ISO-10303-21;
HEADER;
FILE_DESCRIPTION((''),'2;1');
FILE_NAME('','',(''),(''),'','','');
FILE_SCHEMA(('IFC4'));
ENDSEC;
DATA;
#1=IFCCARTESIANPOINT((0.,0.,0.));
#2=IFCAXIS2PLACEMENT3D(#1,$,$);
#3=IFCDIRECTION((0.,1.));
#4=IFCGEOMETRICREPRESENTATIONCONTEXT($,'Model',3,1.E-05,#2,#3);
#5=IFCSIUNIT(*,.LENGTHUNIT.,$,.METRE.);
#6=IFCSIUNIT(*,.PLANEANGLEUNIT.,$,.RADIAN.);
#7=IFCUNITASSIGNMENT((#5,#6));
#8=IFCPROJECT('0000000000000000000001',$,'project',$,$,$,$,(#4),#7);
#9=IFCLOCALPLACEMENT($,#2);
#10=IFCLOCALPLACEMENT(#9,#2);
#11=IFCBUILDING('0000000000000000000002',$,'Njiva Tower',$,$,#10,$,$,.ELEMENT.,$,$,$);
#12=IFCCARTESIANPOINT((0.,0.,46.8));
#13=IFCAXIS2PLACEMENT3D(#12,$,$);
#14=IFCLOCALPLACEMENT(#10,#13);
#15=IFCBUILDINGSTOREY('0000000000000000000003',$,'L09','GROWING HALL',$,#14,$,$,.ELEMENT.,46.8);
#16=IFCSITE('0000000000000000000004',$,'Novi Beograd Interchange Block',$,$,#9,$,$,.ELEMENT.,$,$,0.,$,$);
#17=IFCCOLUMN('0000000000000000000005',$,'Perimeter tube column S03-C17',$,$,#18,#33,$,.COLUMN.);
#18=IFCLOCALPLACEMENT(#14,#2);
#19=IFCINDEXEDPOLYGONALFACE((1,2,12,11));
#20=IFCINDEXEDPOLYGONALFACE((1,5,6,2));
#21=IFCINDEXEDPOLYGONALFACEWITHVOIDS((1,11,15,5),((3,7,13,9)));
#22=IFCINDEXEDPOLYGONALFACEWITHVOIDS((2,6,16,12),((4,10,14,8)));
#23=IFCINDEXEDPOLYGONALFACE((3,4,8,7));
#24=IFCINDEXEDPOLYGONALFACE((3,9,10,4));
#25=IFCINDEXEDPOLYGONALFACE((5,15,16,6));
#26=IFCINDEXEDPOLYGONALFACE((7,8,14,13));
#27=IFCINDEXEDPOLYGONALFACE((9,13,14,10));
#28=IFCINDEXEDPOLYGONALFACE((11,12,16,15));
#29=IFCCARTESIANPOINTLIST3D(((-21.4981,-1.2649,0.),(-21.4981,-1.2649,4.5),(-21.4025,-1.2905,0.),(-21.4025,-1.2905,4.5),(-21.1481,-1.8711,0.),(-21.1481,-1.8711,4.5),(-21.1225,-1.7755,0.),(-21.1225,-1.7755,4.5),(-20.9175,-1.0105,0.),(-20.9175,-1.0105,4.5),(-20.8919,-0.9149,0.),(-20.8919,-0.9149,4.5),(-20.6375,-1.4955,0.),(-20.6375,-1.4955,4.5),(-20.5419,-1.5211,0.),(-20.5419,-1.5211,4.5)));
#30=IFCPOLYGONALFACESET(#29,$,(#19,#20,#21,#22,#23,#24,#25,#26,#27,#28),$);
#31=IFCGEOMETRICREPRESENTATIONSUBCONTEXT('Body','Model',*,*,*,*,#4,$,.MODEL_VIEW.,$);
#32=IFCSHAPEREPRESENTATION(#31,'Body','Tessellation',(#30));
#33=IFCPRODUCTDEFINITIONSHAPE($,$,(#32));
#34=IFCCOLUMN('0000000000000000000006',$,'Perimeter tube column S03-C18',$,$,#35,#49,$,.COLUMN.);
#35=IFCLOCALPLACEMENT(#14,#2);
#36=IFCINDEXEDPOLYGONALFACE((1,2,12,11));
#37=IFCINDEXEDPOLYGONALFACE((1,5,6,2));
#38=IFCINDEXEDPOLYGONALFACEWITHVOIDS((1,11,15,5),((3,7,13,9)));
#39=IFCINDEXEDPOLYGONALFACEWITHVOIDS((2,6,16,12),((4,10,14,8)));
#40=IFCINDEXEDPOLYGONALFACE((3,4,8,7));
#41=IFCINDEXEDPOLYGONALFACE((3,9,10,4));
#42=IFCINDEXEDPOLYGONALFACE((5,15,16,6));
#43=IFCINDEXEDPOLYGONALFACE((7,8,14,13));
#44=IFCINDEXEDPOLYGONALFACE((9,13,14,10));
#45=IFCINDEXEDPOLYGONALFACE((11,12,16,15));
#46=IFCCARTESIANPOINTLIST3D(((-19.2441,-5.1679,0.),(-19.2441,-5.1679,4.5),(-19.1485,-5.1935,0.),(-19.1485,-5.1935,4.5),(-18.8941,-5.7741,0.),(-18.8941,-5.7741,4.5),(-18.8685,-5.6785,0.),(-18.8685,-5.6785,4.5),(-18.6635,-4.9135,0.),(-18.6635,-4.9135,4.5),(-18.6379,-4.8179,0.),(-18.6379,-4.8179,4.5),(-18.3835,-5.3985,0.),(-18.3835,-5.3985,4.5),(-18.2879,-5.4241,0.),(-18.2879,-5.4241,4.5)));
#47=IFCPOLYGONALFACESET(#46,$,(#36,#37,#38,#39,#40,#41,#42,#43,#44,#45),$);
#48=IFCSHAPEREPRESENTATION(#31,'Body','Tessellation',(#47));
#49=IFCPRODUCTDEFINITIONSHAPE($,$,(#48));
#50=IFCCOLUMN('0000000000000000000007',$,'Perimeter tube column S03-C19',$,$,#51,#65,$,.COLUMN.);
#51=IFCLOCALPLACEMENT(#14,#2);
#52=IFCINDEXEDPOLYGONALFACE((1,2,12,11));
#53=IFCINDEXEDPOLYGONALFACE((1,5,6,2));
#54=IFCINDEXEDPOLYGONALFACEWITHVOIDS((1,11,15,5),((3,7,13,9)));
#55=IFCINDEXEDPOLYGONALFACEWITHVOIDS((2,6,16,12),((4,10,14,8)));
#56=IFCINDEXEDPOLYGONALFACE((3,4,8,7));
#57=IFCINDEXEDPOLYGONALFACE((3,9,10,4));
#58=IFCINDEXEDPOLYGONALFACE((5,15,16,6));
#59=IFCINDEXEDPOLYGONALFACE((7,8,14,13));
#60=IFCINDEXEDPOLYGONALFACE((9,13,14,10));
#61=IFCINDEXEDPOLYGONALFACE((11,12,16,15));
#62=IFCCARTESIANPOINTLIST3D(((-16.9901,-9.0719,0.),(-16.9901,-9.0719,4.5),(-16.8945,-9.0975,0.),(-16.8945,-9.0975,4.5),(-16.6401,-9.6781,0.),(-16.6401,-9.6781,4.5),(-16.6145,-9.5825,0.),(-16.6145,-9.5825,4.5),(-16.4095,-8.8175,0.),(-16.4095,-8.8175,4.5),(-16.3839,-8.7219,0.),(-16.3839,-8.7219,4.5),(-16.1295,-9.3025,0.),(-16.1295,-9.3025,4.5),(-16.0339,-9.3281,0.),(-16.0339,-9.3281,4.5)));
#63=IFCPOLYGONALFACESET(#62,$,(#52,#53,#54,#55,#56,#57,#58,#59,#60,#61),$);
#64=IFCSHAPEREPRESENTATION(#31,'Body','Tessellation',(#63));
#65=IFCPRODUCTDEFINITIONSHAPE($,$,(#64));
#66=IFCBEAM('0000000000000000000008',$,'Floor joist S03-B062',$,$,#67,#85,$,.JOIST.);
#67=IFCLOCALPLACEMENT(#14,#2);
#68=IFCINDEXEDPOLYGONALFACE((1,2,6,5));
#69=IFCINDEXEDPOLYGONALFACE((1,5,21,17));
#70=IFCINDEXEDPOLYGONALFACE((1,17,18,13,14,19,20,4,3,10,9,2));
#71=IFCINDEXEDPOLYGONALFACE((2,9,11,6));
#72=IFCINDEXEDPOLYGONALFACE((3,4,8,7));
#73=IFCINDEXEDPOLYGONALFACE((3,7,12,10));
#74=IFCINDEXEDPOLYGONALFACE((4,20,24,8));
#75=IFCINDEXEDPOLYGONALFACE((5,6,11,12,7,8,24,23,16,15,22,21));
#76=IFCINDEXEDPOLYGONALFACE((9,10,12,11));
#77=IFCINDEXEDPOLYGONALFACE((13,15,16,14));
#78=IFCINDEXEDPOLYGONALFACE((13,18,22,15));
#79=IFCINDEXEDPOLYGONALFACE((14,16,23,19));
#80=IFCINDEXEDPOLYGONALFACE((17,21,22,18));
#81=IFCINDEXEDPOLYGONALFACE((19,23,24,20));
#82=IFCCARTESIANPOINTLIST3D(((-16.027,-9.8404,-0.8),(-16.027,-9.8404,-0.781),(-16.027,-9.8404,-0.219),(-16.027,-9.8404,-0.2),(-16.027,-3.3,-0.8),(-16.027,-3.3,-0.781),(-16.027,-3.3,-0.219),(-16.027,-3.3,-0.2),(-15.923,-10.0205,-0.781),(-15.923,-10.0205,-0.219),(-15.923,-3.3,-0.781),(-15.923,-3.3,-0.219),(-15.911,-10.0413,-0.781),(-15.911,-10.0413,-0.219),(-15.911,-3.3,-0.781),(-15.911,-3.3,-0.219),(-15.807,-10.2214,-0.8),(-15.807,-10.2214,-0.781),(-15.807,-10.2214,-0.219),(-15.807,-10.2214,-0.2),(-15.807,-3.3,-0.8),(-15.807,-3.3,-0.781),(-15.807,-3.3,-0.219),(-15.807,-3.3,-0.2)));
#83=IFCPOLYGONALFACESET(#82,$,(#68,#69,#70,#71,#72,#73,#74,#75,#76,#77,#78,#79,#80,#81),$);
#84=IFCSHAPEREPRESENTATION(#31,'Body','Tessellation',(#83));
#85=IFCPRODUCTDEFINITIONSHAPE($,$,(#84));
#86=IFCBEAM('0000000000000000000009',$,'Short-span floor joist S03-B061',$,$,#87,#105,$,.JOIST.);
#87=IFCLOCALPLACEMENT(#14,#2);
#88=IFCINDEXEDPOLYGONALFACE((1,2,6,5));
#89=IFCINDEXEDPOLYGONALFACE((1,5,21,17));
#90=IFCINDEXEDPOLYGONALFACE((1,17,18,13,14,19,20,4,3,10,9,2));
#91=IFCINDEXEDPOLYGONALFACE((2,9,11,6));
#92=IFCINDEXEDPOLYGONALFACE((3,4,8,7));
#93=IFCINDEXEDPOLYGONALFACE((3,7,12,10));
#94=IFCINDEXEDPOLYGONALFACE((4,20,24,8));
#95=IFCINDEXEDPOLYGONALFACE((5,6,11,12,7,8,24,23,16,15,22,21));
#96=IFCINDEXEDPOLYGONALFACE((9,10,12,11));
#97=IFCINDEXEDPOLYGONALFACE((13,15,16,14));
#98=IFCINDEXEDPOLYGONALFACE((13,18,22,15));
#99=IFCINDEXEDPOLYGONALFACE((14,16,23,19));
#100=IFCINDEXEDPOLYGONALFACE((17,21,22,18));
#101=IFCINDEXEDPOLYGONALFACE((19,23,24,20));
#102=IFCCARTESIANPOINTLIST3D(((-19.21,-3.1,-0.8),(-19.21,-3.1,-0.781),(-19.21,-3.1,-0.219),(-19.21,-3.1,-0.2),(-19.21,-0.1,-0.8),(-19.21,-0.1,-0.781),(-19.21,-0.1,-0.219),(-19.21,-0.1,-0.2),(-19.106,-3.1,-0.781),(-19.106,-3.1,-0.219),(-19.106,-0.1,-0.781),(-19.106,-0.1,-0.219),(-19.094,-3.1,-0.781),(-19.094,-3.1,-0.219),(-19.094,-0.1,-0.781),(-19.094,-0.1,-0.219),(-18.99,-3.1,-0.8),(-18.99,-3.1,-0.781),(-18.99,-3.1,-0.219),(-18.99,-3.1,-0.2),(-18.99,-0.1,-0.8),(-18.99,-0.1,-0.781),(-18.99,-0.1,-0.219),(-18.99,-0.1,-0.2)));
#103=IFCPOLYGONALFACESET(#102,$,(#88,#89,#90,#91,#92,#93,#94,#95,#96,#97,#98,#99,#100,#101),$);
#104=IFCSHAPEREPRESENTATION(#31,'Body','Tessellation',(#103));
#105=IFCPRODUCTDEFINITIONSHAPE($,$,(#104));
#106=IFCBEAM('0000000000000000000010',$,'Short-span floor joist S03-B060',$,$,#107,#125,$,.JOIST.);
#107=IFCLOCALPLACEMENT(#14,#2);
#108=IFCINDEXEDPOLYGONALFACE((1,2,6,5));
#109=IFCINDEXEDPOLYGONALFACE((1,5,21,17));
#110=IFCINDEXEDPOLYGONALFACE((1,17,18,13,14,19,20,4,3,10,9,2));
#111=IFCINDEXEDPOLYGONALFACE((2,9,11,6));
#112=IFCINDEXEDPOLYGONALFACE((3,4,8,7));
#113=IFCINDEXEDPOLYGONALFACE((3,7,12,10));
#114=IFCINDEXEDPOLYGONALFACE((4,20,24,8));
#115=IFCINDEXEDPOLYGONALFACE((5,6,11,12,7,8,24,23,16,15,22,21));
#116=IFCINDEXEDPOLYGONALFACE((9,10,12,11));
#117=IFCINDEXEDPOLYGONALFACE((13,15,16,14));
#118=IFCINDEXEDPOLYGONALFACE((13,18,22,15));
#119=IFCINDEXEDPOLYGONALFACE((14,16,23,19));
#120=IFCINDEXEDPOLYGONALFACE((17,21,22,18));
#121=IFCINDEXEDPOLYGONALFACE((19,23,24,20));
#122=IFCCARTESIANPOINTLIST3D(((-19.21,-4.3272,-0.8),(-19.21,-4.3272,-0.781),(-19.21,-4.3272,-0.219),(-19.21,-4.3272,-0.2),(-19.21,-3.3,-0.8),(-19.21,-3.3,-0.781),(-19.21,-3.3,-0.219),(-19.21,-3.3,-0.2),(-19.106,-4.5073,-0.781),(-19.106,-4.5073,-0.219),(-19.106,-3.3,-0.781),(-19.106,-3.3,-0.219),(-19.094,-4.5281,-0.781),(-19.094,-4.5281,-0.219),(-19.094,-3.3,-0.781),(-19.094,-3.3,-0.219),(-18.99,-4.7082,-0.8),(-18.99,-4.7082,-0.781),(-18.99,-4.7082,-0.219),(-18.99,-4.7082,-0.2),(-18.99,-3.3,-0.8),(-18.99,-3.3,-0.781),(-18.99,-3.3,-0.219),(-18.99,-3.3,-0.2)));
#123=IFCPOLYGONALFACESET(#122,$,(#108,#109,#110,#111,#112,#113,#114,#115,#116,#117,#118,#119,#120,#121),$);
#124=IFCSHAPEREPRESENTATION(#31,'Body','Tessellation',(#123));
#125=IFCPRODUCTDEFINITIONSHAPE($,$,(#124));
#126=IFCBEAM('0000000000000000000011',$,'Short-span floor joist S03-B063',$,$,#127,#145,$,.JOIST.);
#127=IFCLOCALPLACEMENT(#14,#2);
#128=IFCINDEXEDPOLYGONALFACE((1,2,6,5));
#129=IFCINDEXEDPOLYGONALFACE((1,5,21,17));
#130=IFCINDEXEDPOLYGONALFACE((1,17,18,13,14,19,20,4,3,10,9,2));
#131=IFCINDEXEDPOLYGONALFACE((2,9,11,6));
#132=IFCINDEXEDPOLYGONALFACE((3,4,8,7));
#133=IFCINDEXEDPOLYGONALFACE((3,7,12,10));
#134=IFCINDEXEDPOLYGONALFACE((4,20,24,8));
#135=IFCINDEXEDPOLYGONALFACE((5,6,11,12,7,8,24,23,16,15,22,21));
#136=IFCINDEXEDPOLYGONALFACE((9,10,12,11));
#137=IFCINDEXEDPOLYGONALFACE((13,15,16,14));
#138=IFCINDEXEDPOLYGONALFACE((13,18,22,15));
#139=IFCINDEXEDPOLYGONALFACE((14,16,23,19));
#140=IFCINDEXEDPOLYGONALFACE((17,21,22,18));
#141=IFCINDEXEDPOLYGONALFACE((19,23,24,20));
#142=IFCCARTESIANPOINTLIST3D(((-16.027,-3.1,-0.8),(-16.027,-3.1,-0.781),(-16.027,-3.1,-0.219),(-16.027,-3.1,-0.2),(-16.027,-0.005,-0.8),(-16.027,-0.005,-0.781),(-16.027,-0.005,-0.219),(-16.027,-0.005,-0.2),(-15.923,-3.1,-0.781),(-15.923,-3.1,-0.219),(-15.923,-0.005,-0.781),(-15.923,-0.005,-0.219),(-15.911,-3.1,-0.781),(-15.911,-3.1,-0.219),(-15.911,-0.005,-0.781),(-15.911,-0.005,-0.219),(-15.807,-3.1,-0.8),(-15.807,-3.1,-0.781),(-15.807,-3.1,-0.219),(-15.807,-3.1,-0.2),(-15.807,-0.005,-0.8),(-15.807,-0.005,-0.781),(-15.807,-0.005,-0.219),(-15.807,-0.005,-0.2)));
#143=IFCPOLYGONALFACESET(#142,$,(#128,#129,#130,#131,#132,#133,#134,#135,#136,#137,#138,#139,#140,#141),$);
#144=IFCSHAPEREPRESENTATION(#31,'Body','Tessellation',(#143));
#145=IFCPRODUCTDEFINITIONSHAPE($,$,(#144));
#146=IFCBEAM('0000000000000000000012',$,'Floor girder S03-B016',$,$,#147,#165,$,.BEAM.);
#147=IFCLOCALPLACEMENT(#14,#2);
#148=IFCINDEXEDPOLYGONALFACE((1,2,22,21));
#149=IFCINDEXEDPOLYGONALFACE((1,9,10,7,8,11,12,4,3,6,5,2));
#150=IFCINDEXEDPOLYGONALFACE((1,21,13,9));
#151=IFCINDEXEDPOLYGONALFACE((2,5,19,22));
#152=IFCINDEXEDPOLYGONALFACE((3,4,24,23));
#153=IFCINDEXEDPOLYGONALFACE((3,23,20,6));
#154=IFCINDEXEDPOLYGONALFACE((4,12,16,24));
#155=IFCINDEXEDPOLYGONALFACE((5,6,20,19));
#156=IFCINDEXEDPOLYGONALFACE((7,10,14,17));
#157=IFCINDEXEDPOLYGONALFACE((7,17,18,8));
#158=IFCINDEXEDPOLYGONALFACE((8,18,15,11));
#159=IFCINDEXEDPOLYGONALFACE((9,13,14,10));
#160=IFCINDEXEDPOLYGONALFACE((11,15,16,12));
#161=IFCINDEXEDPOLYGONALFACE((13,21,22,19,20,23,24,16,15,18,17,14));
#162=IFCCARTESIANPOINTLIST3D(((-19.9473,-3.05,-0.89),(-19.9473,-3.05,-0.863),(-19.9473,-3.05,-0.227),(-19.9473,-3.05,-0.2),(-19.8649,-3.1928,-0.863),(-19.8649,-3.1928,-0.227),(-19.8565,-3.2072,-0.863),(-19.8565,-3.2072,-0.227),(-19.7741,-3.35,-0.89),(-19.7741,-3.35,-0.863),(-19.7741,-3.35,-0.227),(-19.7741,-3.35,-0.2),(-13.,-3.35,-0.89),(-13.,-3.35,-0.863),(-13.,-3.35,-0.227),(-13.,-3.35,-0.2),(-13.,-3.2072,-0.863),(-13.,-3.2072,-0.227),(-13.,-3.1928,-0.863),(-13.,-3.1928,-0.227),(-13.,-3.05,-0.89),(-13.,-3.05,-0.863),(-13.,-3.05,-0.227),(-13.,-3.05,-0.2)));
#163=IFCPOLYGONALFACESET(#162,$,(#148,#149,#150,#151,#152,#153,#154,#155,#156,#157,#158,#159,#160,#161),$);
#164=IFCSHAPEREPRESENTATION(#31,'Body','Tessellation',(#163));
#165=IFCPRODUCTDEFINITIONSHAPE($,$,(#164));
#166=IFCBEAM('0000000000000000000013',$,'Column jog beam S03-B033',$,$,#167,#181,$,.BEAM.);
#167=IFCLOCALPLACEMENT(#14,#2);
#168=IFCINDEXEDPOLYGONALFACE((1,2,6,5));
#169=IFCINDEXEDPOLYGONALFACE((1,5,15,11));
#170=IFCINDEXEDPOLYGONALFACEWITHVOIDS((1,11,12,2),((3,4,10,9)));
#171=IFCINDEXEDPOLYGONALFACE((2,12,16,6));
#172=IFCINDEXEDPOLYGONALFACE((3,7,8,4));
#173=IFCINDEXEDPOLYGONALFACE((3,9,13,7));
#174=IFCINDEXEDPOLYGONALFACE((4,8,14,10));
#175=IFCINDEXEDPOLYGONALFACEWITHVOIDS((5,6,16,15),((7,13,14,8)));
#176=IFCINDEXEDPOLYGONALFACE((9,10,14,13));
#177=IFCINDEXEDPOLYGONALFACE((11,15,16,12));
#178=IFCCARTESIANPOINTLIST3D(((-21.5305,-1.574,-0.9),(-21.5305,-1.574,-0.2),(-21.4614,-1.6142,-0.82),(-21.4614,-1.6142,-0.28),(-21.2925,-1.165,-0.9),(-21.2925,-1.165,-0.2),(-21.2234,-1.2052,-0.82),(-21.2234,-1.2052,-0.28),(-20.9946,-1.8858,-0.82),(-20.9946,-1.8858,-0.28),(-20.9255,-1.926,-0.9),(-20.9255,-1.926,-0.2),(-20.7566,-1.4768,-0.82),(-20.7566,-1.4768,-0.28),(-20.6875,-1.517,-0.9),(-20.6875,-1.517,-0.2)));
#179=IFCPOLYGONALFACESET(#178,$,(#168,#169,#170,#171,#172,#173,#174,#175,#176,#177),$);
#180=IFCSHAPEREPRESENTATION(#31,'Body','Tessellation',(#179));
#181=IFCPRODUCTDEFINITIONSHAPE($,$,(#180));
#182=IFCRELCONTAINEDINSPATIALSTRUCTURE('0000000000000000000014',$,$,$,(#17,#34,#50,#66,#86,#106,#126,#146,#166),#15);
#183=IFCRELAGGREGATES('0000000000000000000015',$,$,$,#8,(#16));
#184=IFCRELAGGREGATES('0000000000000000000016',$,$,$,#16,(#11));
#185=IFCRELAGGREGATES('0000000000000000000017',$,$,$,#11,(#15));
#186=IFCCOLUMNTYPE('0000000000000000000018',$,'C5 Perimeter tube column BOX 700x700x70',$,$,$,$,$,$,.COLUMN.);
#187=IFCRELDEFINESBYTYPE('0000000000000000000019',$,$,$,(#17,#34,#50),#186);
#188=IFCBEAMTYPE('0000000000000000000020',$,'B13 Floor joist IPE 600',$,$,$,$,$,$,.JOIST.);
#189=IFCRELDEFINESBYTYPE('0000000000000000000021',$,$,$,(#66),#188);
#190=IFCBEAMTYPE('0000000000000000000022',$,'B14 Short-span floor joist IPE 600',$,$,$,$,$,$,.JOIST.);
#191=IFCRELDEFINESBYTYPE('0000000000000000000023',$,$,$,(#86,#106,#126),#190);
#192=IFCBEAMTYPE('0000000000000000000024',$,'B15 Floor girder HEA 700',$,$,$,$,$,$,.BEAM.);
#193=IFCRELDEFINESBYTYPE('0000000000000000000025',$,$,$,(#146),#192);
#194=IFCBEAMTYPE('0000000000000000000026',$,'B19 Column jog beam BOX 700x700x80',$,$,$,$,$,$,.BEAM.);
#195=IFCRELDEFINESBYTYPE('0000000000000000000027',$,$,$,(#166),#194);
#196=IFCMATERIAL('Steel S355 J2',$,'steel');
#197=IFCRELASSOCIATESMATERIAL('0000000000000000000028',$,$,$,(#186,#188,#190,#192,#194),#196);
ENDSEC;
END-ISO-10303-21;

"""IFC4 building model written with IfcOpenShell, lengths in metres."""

from ifc_helpers import new_model, si_unit, direction, frame, origin, origin_2d, place, context, subcontext, project, spatial, hollow_rectangle, i_section, extrude, clip, halfspace, material, material_profile, profile_set, type_object, element, save


model = new_model("IFC4")

# Units and contexts
model_context = context("Model", 3, precision=1e-05, world=origin(), true_north=direction((0.0, 1.0)))
body_context = subcontext(model_context, "Body", "Model", "MODEL_VIEW")
ifc_project = project(units=[si_unit("LENGTHUNIT", "METRE"), si_unit("PLANEANGLEUNIT", "RADIAN")], contexts=[model_context])

# Site, building, storey
site_placement = place(None, origin())
site = spatial("IfcSite", under=ifc_project, at=site_placement, Name="Novi Beograd Interchange Block", CompositionType="ELEMENT", RefElevation=0.0)
building_placement = place(site_placement, origin())
building = spatial("IfcBuilding", under=site, at=building_placement, Name="Njiva Tower", CompositionType="ELEMENT")
storey_placement = place(building_placement, frame((0.0, 0.0, 46.8)))
storey = spatial("IfcBuildingStorey", under=building, at=storey_placement, Name="L09", Description="GROWING HALL", CompositionType="ELEMENT", Elevation=46.8)

# Columns
ifc_material_1 = material(Name="Steel S355 J2", Category="steel")
ifc_material_profile_1 = material_profile(ifc_material_1, hollow_rectangle(XDim=0.7, YDim=0.7, WallThickness=0.07, at=origin_2d()), Name="BOX 700x700x70")
ifc_profile_set_1 = profile_set([ifc_material_profile_1], Name="Steel S355 J2")
column_type = type_object("IfcColumnType", Name="C5 Perimeter tube column BOX 700x700x70", PredefinedType="COLUMN", material=ifc_profile_set_1)
for number, where, z_axis, x_axis, name in (
    (1, (-21.02, -1.393, 0.0), (0.0, 0.0, 1.0), (0.5, -0.866025, 0.0), "Perimeter tube column S03-C17"),
    (2, (-18.766, -5.296, 0.0), (0.0, 0.0, 1.0), (0.5, -0.866025, 0.0), "Perimeter tube column S03-C18"),
    (3, (-16.512, -9.2, 0.0), (0.0, 0.0, 1.0), (0.5, -0.866025, 0.0), "Perimeter tube column S03-C19"),
):
    element("IfcColumn", number, at=place(storey_placement, frame(where, z_axis=z_axis, x_axis=x_axis)), inside=storey, type_object=column_type, Name=name, PredefinedType="COLUMN", context=body_context, shape_type="SweptSolid", body=[
        extrude(hollow_rectangle(XDim=0.7, YDim=0.7, WallThickness=0.07, at=origin_2d()), origin(), (0.0, 0.0, 1.0), 4.5),
    ])

# Beams
ifc_material_profile_2 = material_profile(ifc_material_1, i_section(OverallWidth=0.22, OverallDepth=0.6, WebThickness=0.012, FlangeThickness=0.019, at=origin_2d()), Name="IPE 600")
ifc_profile_set_2 = profile_set([ifc_material_profile_2], Name="Steel S355 J2")
beam_type_1 = type_object("IfcBeamType", Name="B13 Floor joist IPE 600", PredefinedType="JOIST", material=ifc_profile_set_2)
beam_1_placement = place(storey_placement, frame((-15.917, -3.3, -0.5), z_axis=(0.0, -1.0, 0.0), x_axis=(1.0, 0.0, 0.0)))
element("IfcBeam", 4, at=beam_1_placement, inside=storey, type_object=beam_type_1, Name="Floor joist S03-B062", PredefinedType="JOIST", context=body_context, shape_type="Clipping", body=[
    clip(extrude(i_section(OverallWidth=0.22, OverallDepth=0.6, WebThickness=0.012, FlangeThickness=0.019, at=origin_2d()), origin(), (0.0, 0.0, 1.0), 6.942), halfspace(frame((-0.043, 0.0, 6.6564), z_axis=(-0.866027, 0.0, 0.499998), x_axis=(0.0, 1.0, 0.0)), False)),
])
ifc_material_profile_3 = material_profile(ifc_material_1, i_section(OverallWidth=0.22, OverallDepth=0.6, WebThickness=0.012, FlangeThickness=0.019, at=origin_2d()), Name="IPE 600")
ifc_profile_set_3 = profile_set([ifc_material_profile_3], Name="Steel S355 J2")
beam_type_2 = type_object("IfcBeamType", Name="B14 Short-span floor joist IPE 600", PredefinedType="JOIST", material=ifc_profile_set_3)
beam_2_placement = place(storey_placement, frame((-19.1, -0.1, -0.5), z_axis=(0.0, -1.0, 0.0), x_axis=(1.0, 0.0, 0.0)))
element("IfcBeam", 5, at=beam_2_placement, inside=storey, type_object=beam_type_2, Name="Short-span floor joist S03-B061", PredefinedType="JOIST", context=body_context, shape_type="SweptSolid", body=[
    extrude(i_section(OverallWidth=0.22, OverallDepth=0.6, WebThickness=0.012, FlangeThickness=0.019, at=origin_2d()), origin(), (0.0, 0.0, 1.0), 3.0),
])
beam_3_placement = place(storey_placement, frame((-19.1, -3.3, -0.5), z_axis=(0.0, -1.0, 0.0), x_axis=(1.0, 0.0, 0.0)))
element("IfcBeam", 6, at=beam_3_placement, inside=storey, type_object=beam_type_2, Name="Short-span floor joist S03-B060", PredefinedType="JOIST", context=body_context, shape_type="Clipping", body=[
    clip(extrude(i_section(OverallWidth=0.22, OverallDepth=0.6, WebThickness=0.012, FlangeThickness=0.019, at=origin_2d()), origin(), (0.0, 0.0, 1.0), 1.429), halfspace(frame((-0.0433, 0.0, 1.1427), z_axis=(-0.866027, 0.0, 0.499998), x_axis=(0.0, 1.0, 0.0)), False)),
])
beam_4_placement = place(storey_placement, frame((-15.917, -0.005, -0.5), z_axis=(0.0, -1.0, 0.0), x_axis=(1.0, 0.0, 0.0)))
element("IfcBeam", 7, at=beam_4_placement, inside=storey, type_object=beam_type_2, Name="Short-span floor joist S03-B063", PredefinedType="JOIST", context=body_context, shape_type="SweptSolid", body=[
    extrude(i_section(OverallWidth=0.22, OverallDepth=0.6, WebThickness=0.012, FlangeThickness=0.019, at=origin_2d()), origin(), (0.0, 0.0, 1.0), 3.095),
])
ifc_material_profile_4 = material_profile(ifc_material_1, i_section(OverallWidth=0.3, OverallDepth=0.69, WebThickness=0.0145, FlangeThickness=0.027, at=origin_2d()), Name="HEA 700")
ifc_profile_set_4 = profile_set([ifc_material_profile_4], Name="Steel S355 J2")
beam_type_3 = type_object("IfcBeamType", Name="B15 Floor girder HEA 700", PredefinedType="BEAM", material=ifc_profile_set_4)
beam_5_placement = place(storey_placement, frame((-19.968, -3.2, -0.545), z_axis=(1.0, 0.0, 0.0), x_axis=(0.0, 1.0, 0.0)))
element("IfcBeam", 8, at=beam_5_placement, inside=storey, type_object=beam_type_3, Name="Floor girder S03-B016", PredefinedType="BEAM", context=body_context, shape_type="Clipping", body=[
    clip(extrude(i_section(OverallWidth=0.3, OverallDepth=0.69, WebThickness=0.0145, FlangeThickness=0.027, at=origin_2d()), origin(), (0.0, 0.0, 1.0), 6.968), halfspace(frame((-0.025, 0.0, 0.1217), z_axis=(-0.499998, 0.0, -0.866027), x_axis=(0.0, -1.0, 0.0)), False)),
])
ifc_material_profile_5 = material_profile(ifc_material_1, hollow_rectangle(XDim=0.7, YDim=0.7, WallThickness=0.08, at=origin_2d()), Name="BOX 700x700x80")
ifc_profile_set_5 = profile_set([ifc_material_profile_5], Name="Steel S355 J2")
beam_type_4 = type_object("IfcBeamType", Name="B19 Column jog beam BOX 700x700x80", PredefinedType="BEAM", material=ifc_profile_set_5)
beam_6_placement = place(storey_placement, frame((-21.228, -1.75, -0.55), z_axis=(0.502951, 0.864315, 0.0), x_axis=(-0.864315, 0.502951, 0.0)))
element("IfcBeam", 9, at=beam_6_placement, inside=storey, type_object=beam_type_4, Name="Column jog beam S03-B033", PredefinedType="BEAM", context=body_context, shape_type="SweptSolid", body=[
    extrude(hollow_rectangle(XDim=0.7, YDim=0.7, WallThickness=0.08, at=origin_2d()), origin(), (0.0, 0.0, 1.0), 0.4732),
])

save(model, "model.ifc")
